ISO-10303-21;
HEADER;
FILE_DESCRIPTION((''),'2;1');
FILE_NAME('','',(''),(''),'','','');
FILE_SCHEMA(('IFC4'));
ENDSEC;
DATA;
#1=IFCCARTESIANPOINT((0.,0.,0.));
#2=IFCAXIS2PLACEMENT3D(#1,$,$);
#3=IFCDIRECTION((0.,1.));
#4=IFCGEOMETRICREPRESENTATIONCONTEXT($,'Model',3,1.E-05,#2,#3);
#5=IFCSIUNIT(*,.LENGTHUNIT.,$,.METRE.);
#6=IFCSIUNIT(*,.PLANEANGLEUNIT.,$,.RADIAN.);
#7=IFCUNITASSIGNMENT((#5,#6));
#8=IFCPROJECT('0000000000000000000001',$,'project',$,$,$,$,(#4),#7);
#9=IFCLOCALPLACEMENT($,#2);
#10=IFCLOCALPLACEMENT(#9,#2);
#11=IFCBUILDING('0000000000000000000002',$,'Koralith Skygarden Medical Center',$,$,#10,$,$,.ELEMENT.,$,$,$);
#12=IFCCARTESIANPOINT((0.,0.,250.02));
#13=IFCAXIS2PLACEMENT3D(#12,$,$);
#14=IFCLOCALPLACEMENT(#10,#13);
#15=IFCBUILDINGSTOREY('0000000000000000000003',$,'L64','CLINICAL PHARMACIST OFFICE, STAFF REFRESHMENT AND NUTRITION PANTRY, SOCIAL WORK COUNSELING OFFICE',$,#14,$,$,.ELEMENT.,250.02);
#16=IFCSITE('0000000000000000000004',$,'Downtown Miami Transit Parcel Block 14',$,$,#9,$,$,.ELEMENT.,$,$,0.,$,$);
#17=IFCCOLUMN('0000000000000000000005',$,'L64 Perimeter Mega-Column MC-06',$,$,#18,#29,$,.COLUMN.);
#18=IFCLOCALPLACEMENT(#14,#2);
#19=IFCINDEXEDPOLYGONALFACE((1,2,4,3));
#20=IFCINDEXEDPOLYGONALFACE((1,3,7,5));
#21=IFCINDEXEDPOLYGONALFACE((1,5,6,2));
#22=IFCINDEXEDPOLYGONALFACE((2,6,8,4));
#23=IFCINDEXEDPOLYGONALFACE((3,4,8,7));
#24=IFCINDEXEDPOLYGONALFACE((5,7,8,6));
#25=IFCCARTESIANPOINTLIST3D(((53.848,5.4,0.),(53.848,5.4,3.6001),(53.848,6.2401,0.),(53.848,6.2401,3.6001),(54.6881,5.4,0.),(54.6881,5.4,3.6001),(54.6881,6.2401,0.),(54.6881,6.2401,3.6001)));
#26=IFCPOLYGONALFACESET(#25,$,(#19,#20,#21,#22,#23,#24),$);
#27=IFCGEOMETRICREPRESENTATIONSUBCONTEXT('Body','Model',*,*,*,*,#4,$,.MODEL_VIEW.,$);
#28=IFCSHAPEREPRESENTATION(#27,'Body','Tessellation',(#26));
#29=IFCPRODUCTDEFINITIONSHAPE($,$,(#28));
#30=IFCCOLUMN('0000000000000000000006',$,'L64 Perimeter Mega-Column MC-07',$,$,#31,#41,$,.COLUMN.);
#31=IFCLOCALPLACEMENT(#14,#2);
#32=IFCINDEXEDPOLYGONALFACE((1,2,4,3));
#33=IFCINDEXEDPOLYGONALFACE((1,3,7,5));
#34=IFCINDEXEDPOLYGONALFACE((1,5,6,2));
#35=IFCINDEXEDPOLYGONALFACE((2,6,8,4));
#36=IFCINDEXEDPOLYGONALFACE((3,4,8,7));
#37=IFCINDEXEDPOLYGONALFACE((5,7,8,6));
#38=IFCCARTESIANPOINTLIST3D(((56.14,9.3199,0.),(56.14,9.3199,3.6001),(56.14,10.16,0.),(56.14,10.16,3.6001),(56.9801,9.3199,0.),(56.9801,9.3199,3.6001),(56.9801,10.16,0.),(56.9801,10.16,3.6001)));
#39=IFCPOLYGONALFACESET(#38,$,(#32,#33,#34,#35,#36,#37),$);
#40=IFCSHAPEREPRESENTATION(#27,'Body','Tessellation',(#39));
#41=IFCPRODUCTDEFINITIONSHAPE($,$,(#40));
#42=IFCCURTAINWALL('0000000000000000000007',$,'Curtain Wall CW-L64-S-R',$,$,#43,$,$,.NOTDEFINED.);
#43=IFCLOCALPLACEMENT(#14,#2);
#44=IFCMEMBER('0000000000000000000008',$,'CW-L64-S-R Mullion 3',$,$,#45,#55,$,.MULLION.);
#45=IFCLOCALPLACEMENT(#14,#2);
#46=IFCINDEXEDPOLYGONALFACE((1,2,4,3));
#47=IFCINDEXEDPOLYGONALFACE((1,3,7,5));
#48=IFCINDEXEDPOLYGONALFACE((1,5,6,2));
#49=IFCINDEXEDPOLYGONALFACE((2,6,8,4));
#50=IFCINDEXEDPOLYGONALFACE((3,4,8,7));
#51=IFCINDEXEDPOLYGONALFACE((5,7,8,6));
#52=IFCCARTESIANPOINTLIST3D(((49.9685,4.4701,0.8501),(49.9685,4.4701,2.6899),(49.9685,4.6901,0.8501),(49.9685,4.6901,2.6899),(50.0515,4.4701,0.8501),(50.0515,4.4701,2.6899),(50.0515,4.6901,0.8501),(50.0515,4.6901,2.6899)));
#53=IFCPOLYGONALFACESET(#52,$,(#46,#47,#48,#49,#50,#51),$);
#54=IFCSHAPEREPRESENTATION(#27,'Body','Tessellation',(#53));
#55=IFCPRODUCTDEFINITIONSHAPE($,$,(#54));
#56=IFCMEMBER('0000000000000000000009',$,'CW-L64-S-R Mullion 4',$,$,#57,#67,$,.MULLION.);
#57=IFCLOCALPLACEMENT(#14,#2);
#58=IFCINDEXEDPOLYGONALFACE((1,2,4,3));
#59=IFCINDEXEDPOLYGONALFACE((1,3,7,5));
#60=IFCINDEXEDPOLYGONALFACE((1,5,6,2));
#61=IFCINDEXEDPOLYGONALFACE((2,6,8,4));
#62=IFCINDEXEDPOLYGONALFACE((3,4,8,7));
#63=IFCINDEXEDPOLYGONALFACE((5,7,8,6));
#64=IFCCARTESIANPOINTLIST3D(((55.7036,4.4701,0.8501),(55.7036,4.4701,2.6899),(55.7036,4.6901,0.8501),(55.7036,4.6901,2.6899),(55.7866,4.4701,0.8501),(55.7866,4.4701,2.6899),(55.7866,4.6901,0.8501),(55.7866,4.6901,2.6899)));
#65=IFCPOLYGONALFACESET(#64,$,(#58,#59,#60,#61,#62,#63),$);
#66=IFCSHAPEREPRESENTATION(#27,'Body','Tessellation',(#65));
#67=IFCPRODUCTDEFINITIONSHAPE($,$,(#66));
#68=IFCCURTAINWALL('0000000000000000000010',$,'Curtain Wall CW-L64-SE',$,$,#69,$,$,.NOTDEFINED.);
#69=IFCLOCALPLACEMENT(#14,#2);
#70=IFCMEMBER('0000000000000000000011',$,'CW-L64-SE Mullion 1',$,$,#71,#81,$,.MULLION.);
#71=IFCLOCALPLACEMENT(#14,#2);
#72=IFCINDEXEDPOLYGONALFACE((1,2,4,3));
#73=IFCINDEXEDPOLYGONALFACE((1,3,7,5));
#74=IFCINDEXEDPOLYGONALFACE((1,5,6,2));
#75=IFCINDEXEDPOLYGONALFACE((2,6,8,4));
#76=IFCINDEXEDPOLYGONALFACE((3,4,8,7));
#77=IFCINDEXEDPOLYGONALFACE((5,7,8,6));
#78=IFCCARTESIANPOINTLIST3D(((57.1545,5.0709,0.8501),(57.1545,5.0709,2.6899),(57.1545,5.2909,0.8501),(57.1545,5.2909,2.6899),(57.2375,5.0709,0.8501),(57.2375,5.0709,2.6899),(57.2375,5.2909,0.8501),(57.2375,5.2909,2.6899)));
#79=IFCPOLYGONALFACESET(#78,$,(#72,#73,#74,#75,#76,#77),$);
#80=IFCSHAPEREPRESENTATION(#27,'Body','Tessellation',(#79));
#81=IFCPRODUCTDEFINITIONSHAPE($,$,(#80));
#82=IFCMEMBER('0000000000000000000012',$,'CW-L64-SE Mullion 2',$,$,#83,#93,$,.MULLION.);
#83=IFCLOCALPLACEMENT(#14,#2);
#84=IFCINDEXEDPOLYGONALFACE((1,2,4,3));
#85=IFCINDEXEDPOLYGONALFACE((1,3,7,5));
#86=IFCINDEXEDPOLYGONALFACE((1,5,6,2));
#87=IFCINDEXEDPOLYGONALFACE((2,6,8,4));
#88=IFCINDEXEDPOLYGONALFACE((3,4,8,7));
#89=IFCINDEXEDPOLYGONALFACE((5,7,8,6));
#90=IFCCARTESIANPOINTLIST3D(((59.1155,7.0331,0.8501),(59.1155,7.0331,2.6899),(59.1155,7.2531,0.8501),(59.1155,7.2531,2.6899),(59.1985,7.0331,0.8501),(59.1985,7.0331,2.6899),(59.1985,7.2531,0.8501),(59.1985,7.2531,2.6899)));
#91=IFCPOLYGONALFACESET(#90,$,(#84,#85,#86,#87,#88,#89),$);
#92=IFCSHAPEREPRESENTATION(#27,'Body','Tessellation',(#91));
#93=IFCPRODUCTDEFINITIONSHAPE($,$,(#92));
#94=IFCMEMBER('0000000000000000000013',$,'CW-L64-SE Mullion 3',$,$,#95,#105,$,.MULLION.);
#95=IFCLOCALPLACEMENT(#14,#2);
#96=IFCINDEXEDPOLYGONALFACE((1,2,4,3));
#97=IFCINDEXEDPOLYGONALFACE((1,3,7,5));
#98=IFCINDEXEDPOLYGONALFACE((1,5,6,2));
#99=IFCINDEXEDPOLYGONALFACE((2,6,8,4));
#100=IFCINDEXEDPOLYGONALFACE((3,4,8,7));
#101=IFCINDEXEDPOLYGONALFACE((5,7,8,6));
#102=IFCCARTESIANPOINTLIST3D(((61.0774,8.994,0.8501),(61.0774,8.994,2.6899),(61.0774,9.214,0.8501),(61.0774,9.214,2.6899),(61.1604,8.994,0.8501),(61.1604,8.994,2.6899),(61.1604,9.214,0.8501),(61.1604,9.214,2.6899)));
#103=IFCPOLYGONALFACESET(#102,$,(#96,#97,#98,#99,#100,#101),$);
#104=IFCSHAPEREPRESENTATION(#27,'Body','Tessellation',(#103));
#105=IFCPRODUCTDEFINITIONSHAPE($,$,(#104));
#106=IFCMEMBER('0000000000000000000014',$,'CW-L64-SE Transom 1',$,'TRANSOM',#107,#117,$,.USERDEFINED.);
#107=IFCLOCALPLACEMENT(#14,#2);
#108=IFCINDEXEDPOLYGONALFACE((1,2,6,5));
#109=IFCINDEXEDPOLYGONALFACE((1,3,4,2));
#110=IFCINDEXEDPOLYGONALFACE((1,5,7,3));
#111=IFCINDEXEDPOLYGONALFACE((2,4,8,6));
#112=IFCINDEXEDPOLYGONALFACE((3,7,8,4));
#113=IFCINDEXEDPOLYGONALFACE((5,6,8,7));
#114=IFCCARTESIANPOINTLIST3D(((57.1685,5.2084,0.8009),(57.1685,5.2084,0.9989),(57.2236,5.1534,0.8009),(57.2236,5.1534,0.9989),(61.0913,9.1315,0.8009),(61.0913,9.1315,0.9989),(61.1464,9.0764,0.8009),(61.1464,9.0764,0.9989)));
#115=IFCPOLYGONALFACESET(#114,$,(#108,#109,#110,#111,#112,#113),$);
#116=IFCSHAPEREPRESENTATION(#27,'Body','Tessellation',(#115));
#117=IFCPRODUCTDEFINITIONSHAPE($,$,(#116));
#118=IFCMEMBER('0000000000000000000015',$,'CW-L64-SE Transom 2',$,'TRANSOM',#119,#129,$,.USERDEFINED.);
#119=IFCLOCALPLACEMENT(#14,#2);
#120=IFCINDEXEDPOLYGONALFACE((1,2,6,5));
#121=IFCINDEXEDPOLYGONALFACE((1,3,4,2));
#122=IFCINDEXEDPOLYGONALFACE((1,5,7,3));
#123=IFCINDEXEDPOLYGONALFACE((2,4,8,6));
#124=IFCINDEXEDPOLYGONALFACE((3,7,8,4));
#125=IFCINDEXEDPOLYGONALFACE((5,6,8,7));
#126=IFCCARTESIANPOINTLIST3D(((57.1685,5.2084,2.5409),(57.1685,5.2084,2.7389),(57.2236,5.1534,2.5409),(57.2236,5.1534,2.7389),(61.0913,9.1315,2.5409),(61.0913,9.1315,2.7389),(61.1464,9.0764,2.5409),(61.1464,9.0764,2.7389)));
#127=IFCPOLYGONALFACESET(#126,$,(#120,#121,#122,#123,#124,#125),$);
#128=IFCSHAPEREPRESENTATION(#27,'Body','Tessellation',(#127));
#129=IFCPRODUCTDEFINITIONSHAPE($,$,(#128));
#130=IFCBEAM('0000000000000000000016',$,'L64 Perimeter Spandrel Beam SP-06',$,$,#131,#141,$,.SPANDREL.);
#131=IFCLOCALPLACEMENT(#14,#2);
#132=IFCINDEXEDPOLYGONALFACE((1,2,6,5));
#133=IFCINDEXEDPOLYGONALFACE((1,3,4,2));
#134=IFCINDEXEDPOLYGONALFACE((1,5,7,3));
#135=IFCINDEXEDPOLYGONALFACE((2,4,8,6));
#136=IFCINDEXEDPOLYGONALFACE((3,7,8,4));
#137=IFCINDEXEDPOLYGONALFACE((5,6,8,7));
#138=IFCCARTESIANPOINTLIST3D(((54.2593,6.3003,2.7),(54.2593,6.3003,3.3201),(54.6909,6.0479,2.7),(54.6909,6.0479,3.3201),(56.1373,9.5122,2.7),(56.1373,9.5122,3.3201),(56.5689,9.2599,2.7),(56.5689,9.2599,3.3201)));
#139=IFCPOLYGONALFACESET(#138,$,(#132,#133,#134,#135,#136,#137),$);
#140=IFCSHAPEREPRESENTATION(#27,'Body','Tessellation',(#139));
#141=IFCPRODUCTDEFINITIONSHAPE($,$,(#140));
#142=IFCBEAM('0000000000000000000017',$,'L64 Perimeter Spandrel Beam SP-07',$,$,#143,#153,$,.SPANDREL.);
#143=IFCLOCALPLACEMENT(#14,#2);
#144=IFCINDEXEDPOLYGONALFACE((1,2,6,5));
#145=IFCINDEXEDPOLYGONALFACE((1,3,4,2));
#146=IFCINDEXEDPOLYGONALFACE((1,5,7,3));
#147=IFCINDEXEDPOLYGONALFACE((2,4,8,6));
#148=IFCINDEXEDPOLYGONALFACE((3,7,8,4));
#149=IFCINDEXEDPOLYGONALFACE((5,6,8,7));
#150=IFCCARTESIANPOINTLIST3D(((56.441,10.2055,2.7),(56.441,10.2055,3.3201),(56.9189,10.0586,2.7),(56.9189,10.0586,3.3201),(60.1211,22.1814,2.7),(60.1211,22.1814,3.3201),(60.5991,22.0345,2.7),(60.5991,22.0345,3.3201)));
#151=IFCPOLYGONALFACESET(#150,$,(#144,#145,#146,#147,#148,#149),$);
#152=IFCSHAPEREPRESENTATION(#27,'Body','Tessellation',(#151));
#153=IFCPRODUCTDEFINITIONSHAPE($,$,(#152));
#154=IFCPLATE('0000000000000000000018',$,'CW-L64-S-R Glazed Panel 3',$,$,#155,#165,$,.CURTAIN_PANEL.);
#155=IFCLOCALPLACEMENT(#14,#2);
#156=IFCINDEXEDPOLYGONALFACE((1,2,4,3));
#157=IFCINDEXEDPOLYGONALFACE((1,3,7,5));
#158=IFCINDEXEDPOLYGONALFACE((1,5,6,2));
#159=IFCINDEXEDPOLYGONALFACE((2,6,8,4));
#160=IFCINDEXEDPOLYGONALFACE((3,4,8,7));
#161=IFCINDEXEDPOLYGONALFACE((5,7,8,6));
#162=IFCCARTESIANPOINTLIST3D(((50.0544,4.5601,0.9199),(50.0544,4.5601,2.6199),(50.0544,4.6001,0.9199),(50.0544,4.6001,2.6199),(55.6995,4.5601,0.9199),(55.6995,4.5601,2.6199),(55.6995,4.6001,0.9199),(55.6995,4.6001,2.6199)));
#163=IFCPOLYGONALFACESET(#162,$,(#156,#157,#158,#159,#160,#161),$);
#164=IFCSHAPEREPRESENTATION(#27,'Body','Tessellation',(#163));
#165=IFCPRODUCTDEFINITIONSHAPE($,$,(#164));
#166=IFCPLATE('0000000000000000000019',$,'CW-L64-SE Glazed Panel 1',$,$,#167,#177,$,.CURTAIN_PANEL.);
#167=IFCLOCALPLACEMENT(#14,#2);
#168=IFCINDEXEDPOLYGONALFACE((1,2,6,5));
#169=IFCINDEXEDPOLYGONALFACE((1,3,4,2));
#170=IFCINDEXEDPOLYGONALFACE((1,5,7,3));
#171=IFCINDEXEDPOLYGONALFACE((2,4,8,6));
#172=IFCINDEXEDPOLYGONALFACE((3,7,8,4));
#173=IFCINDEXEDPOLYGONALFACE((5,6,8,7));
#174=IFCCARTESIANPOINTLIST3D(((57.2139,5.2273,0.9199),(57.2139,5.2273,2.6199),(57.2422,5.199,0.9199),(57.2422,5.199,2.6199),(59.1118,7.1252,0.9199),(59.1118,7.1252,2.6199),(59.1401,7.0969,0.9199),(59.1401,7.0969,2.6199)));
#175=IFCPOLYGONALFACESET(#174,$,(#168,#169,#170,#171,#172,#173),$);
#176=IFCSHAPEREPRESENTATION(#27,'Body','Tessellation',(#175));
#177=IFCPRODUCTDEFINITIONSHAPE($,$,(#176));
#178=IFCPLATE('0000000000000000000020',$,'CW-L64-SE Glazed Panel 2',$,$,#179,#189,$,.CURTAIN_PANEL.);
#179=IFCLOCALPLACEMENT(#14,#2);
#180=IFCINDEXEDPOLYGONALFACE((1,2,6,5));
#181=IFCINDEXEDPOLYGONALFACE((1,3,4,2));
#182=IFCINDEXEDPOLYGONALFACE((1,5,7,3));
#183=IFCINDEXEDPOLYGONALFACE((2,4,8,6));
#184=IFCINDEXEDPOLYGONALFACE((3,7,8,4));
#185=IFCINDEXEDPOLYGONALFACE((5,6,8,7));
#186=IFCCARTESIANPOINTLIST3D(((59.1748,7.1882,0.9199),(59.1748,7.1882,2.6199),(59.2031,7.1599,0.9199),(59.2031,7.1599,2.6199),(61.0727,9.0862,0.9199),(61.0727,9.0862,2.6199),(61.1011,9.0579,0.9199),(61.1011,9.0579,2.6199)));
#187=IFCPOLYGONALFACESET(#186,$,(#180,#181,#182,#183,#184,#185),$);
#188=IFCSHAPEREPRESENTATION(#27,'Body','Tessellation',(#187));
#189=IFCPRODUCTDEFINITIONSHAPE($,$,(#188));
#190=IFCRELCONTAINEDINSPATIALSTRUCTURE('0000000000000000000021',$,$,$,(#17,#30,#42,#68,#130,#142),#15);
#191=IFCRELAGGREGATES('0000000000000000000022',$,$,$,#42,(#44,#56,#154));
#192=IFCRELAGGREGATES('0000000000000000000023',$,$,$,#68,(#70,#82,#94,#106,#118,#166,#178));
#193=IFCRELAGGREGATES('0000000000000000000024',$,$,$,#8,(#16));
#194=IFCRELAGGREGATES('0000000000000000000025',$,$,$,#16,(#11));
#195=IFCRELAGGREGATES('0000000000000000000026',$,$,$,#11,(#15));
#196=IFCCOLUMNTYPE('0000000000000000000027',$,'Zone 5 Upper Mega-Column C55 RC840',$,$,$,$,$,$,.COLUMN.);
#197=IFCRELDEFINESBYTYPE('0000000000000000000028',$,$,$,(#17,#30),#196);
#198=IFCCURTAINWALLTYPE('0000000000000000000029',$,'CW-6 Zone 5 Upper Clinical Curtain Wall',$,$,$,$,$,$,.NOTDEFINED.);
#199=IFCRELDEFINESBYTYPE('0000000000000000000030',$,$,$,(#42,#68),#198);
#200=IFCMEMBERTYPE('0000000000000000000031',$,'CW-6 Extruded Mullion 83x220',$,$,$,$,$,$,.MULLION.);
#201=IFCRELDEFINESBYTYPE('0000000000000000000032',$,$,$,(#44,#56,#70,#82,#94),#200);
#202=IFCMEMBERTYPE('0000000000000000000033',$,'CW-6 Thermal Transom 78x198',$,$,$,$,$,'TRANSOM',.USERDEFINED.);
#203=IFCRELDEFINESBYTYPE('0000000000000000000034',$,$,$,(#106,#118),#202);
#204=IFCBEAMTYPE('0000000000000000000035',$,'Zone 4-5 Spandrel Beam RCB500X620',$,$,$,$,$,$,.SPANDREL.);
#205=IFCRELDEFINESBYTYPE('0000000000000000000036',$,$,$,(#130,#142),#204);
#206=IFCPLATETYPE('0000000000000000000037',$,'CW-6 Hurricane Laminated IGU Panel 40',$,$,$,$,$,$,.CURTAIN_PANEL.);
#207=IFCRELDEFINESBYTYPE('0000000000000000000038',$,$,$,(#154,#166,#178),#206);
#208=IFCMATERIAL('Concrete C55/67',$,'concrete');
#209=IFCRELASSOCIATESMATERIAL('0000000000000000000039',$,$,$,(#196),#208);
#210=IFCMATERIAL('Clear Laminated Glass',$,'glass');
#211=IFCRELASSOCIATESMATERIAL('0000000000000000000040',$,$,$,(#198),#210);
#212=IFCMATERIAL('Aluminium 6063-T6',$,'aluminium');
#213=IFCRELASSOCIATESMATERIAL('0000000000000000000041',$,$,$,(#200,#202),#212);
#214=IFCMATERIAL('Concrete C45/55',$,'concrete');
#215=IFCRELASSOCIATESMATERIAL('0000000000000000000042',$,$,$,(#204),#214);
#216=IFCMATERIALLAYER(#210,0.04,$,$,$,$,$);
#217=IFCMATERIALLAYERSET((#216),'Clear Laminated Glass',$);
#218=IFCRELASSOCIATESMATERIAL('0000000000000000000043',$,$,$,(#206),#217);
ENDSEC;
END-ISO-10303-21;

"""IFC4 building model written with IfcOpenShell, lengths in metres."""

from ifc_helpers import new_model, si_unit, direction, frame, origin, origin_2d, place, context, subcontext, project, spatial, rectangle, extrude, material, layer, layer_set, material_profile, profile_set, type_object, element, aggregate, save


model = new_model("IFC4")

# Units and contexts
model_context = context("Model", 3, precision=1e-05, world=origin(), true_north=direction((0.0, 1.0)))
body_context = subcontext(model_context, "Body", "Model", "MODEL_VIEW")
ifc_project = project(units=[si_unit("LENGTHUNIT", "METRE"), si_unit("PLANEANGLEUNIT", "RADIAN")], contexts=[model_context])

# Site, building, storey
site_placement = place(None, origin())
site = spatial("IfcSite", under=ifc_project, at=site_placement, Name="Downtown Miami Transit Parcel Block 14", CompositionType="ELEMENT", RefElevation=0.0)
building_placement = place(site_placement, origin())
building = spatial("IfcBuilding", under=site, at=building_placement, Name="Koralith Skygarden Medical Center", CompositionType="ELEMENT")
storey_placement = place(building_placement, frame((0.0, 0.0, 250.02)))
storey = spatial("IfcBuildingStorey", under=building, at=storey_placement, Name="L64", Description="CLINICAL PHARMACIST OFFICE, STAFF REFRESHMENT AND NUTRITION PANTRY, SOCIAL WORK COUNSELING OFFICE", CompositionType="ELEMENT", Elevation=250.02)

# Columns
ifc_material_1 = material(Name="Concrete C55/67", Category="concrete")
ifc_material_profile_1 = material_profile(ifc_material_1, rectangle(XDim=0.8401, YDim=0.8401, at=origin_2d()), Name="RC840X840")
ifc_profile_set_1 = profile_set([ifc_material_profile_1], Name="Concrete C55/67")
column_type = type_object("IfcColumnType", Name="Zone 5 Upper Mega-Column C55 RC840", PredefinedType="COLUMN", material=ifc_profile_set_1)
for number, where, z_axis, x_axis, name in (
    (1, (54.2681, 5.8201, 0.0), (0.0, 0.0, 1.0), (1.0, 0.0, 0.0), "L64 Perimeter Mega-Column MC-06"),
    (2, (56.5601, 9.74, 0.0), (0.0, 0.0, 1.0), (1.0, 0.0, 0.0), "L64 Perimeter Mega-Column MC-07"),
):
    element("IfcColumn", number, at=place(storey_placement, frame(where, z_axis=z_axis, x_axis=x_axis)), inside=storey, type_object=column_type, Name=name, PredefinedType="COLUMN", context=body_context, shape_type="SweptSolid", body=[
        extrude(rectangle(XDim=0.8401, YDim=0.8401, at=origin_2d()), origin(), (0.0, 0.0, 1.0), 3.6001),
    ])

# Curtain walls, members
ifc_material_2 = material(Name="Clear Laminated Glass", Category="glass")
curtain_wall_type = type_object("IfcCurtainWallType", Name="CW-6 Zone 5 Upper Clinical Curtain Wall", PredefinedType="NOTDEFINED", material=ifc_material_2)
curtain_wall_1_placement = place(storey_placement, origin())
curtain_wall_1 = element("IfcCurtainWall", 3, at=curtain_wall_1_placement, inside=storey, type_object=curtain_wall_type, Name="Curtain Wall CW-L64-S-R", PredefinedType="NOTDEFINED")
ifc_material_3 = material(Name="Aluminium 6063-T6", Category="aluminium")
ifc_material_profile_2 = material_profile(ifc_material_3, rectangle(XDim=0.083, YDim=0.22, at=origin_2d()), Name="MUL83X220")
ifc_profile_set_2 = profile_set([ifc_material_profile_2], Name="Aluminium 6063-T6")
member_type_1 = type_object("IfcMemberType", Name="CW-6 Extruded Mullion 83x220", PredefinedType="MULLION", material=ifc_profile_set_2)
member_1_placement = place(storey_placement, frame((50.01, 4.5801, 0.8501), z_axis=(0.0, 0.0, 1.0), x_axis=(1.0, 0.0, 0.0)))
member_1 = element("IfcMember", 4, at=member_1_placement, type_object=member_type_1, Name="CW-L64-S-R Mullion 3", PredefinedType="MULLION", context=body_context, shape_type="SweptSolid", body=[
    extrude(rectangle(XDim=0.083, YDim=0.22, at=origin_2d()), origin(), (0.0, 0.0, 1.0), 1.8398),
])
member_2_placement = place(storey_placement, frame((55.7451, 4.5801, 0.8501), z_axis=(0.0, 0.0, 1.0), x_axis=(1.0, 0.0, 0.0)))
member_2 = element("IfcMember", 5, at=member_2_placement, type_object=member_type_1, Name="CW-L64-S-R Mullion 4", PredefinedType="MULLION", context=body_context, shape_type="SweptSolid", body=[
    extrude(rectangle(XDim=0.083, YDim=0.22, at=origin_2d()), origin(), (0.0, 0.0, 1.0), 1.8398),
])
curtain_wall_2_placement = place(storey_placement, origin())
curtain_wall_2 = element("IfcCurtainWall", 6, at=curtain_wall_2_placement, inside=storey, type_object=curtain_wall_type, Name="Curtain Wall CW-L64-SE", PredefinedType="NOTDEFINED")
member_3_placement = place(storey_placement, frame((57.196, 5.1809, 0.8501), z_axis=(0.0, 0.0, 1.0), x_axis=(1.0, 0.0, 0.0)))
member_3 = element("IfcMember", 7, at=member_3_placement, type_object=member_type_1, Name="CW-L64-SE Mullion 1", PredefinedType="MULLION", context=body_context, shape_type="SweptSolid", body=[
    extrude(rectangle(XDim=0.083, YDim=0.22, at=origin_2d()), origin(), (0.0, 0.0, 1.0), 1.8398),
])
member_4_placement = place(storey_placement, frame((59.157, 7.1431, 0.8501), z_axis=(0.0, 0.0, 1.0), x_axis=(1.0, 0.0, 0.0)))
member_4 = element("IfcMember", 8, at=member_4_placement, type_object=member_type_1, Name="CW-L64-SE Mullion 2", PredefinedType="MULLION", context=body_context, shape_type="SweptSolid", body=[
    extrude(rectangle(XDim=0.083, YDim=0.22, at=origin_2d()), origin(), (0.0, 0.0, 1.0), 1.8398),
])
member_5_placement = place(storey_placement, frame((61.1189, 9.104, 0.8501), z_axis=(0.0, 0.0, 1.0), x_axis=(1.0, 0.0, 0.0)))
member_5 = element("IfcMember", 9, at=member_5_placement, type_object=member_type_1, Name="CW-L64-SE Mullion 3", PredefinedType="MULLION", context=body_context, shape_type="SweptSolid", body=[
    extrude(rectangle(XDim=0.083, YDim=0.22, at=origin_2d()), origin(), (0.0, 0.0, 1.0), 1.8398),
])
ifc_material_profile_3 = material_profile(ifc_material_3, rectangle(XDim=0.0779, YDim=0.198, at=origin_2d()), Name="TRN78X198")
ifc_profile_set_3 = profile_set([ifc_material_profile_3], Name="Aluminium 6063-T6")
member_type_2 = type_object("IfcMemberType", Name="CW-6 Thermal Transom 78x198", ElementType="TRANSOM", PredefinedType="USERDEFINED", material=ifc_profile_set_3)
member_6_placement = place(storey_placement, frame((57.196, 5.1809, 0.8999), z_axis=(0.707085, 0.707129, 0.0), x_axis=(-0.707129, 0.707085, 0.0)))
member_6 = element("IfcMember", 10, at=member_6_placement, type_object=member_type_2, Name="CW-L64-SE Transom 1", ObjectType="TRANSOM", PredefinedType="USERDEFINED", context=body_context, shape_type="SweptSolid", body=[
    extrude(rectangle(XDim=0.0779, YDim=0.198, at=origin_2d()), origin(), (0.0, 0.0, 1.0), 5.5479),
])
member_7_placement = place(storey_placement, frame((57.196, 5.1809, 2.6399), z_axis=(0.707085, 0.707129, 0.0), x_axis=(-0.707129, 0.707085, 0.0)))
member_7 = element("IfcMember", 11, at=member_7_placement, type_object=member_type_2, Name="CW-L64-SE Transom 2", ObjectType="TRANSOM", PredefinedType="USERDEFINED", context=body_context, shape_type="SweptSolid", body=[
    extrude(rectangle(XDim=0.0779, YDim=0.198, at=origin_2d()), origin(), (0.0, 0.0, 1.0), 5.5479),
])

# Beams
ifc_material_4 = material(Name="Concrete C45/55", Category="concrete")
ifc_material_profile_4 = material_profile(ifc_material_4, rectangle(XDim=0.5, YDim=0.6201, at=origin_2d()), Name="RCB500X620")
ifc_profile_set_4 = profile_set([ifc_material_profile_4], Name="Concrete C45/55")
beam_type = type_object("IfcBeamType", Name="Zone 4-5 Spandrel Beam RCB500X620", PredefinedType="SPANDREL", material=ifc_profile_set_4)
beam_1_placement = place(storey_placement, frame((54.4751, 6.1741, 3.01), z_axis=(0.504736, 0.863274, 0.0), x_axis=(-0.863274, 0.504736, 0.0)))
element("IfcBeam", 12, at=beam_1_placement, inside=storey, type_object=beam_type, Name="L64 Perimeter Spandrel Beam SP-06", PredefinedType="SPANDREL", context=body_context, shape_type="SweptSolid", body=[
    extrude(rectangle(XDim=0.5, YDim=0.6201, at=origin_2d()), origin(), (0.0, 0.0, 1.0), 3.7207),
])
beam_2_placement = place(storey_placement, frame((56.6799, 10.1321, 3.01), z_axis=(0.293743, 0.955884, 0.0), x_axis=(-0.955884, 0.293743, 0.0)))
element("IfcBeam", 13, at=beam_2_placement, inside=storey, type_object=beam_type, Name="L64 Perimeter Spandrel Beam SP-07", PredefinedType="SPANDREL", context=body_context, shape_type="SweptSolid", body=[
    extrude(rectangle(XDim=0.5, YDim=0.6201, at=origin_2d()), origin(), (0.0, 0.0, 1.0), 12.5286),
])

# Plates
ifc_layer_1 = layer(ifc_material_2, 0.04)
ifc_layer_set_1 = layer_set([ifc_layer_1], Name="Clear Laminated Glass")
plate_type_1 = type_object("IfcPlateType", Name="CW-6 Hurricane Laminated IGU Panel 40", PredefinedType="CURTAIN_PANEL", material=ifc_layer_set_1)
plate_1_placement = place(storey_placement, frame((52.877, 4.5801, 0.9199), z_axis=(0.0, 0.0, 1.0), x_axis=(1.0, 0.0, 0.0)))
plate_1 = element("IfcPlate", 14, at=plate_1_placement, type_object=plate_type_1, Name="CW-L64-S-R Glazed Panel 3", PredefinedType="CURTAIN_PANEL", context=body_context, shape_type="SweptSolid", body=[
    extrude(rectangle(XDim=5.645, YDim=0.04, at=origin_2d()), origin(), (0.0, 0.0, 1.0), 1.7),
])
aggregate(curtain_wall_1, [member_1, member_2, plate_1])
plate_2_placement = place(storey_placement, frame((58.177, 6.1621, 0.9199), z_axis=(0.0, 0.0, 1.0), x_axis=(0.707107, 0.707107, 0.0)))
plate_2 = element("IfcPlate", 15, at=plate_2_placement, type_object=plate_type_1, Name="CW-L64-SE Glazed Panel 1", PredefinedType="CURTAIN_PANEL", context=body_context, shape_type="SweptSolid", body=[
    extrude(rectangle(XDim=2.6841, YDim=0.04, at=origin_2d()), origin(), (0.0, 0.0, 1.0), 1.7),
])
plate_3_placement = place(storey_placement, frame((60.1379, 8.123, 0.9199), z_axis=(0.0, 0.0, 1.0), x_axis=(0.707107, 0.707107, 0.0)))
plate_3 = element("IfcPlate", 16, at=plate_3_placement, type_object=plate_type_1, Name="CW-L64-SE Glazed Panel 2", PredefinedType="CURTAIN_PANEL", context=body_context, shape_type="SweptSolid", body=[
    extrude(rectangle(XDim=2.6841, YDim=0.04, at=origin_2d()), origin(), (0.0, 0.0, 1.0), 1.7),
])
aggregate(curtain_wall_2, [member_3, member_4, member_5, member_6, member_7, plate_2, plate_3])

save(model, "model.ifc")
